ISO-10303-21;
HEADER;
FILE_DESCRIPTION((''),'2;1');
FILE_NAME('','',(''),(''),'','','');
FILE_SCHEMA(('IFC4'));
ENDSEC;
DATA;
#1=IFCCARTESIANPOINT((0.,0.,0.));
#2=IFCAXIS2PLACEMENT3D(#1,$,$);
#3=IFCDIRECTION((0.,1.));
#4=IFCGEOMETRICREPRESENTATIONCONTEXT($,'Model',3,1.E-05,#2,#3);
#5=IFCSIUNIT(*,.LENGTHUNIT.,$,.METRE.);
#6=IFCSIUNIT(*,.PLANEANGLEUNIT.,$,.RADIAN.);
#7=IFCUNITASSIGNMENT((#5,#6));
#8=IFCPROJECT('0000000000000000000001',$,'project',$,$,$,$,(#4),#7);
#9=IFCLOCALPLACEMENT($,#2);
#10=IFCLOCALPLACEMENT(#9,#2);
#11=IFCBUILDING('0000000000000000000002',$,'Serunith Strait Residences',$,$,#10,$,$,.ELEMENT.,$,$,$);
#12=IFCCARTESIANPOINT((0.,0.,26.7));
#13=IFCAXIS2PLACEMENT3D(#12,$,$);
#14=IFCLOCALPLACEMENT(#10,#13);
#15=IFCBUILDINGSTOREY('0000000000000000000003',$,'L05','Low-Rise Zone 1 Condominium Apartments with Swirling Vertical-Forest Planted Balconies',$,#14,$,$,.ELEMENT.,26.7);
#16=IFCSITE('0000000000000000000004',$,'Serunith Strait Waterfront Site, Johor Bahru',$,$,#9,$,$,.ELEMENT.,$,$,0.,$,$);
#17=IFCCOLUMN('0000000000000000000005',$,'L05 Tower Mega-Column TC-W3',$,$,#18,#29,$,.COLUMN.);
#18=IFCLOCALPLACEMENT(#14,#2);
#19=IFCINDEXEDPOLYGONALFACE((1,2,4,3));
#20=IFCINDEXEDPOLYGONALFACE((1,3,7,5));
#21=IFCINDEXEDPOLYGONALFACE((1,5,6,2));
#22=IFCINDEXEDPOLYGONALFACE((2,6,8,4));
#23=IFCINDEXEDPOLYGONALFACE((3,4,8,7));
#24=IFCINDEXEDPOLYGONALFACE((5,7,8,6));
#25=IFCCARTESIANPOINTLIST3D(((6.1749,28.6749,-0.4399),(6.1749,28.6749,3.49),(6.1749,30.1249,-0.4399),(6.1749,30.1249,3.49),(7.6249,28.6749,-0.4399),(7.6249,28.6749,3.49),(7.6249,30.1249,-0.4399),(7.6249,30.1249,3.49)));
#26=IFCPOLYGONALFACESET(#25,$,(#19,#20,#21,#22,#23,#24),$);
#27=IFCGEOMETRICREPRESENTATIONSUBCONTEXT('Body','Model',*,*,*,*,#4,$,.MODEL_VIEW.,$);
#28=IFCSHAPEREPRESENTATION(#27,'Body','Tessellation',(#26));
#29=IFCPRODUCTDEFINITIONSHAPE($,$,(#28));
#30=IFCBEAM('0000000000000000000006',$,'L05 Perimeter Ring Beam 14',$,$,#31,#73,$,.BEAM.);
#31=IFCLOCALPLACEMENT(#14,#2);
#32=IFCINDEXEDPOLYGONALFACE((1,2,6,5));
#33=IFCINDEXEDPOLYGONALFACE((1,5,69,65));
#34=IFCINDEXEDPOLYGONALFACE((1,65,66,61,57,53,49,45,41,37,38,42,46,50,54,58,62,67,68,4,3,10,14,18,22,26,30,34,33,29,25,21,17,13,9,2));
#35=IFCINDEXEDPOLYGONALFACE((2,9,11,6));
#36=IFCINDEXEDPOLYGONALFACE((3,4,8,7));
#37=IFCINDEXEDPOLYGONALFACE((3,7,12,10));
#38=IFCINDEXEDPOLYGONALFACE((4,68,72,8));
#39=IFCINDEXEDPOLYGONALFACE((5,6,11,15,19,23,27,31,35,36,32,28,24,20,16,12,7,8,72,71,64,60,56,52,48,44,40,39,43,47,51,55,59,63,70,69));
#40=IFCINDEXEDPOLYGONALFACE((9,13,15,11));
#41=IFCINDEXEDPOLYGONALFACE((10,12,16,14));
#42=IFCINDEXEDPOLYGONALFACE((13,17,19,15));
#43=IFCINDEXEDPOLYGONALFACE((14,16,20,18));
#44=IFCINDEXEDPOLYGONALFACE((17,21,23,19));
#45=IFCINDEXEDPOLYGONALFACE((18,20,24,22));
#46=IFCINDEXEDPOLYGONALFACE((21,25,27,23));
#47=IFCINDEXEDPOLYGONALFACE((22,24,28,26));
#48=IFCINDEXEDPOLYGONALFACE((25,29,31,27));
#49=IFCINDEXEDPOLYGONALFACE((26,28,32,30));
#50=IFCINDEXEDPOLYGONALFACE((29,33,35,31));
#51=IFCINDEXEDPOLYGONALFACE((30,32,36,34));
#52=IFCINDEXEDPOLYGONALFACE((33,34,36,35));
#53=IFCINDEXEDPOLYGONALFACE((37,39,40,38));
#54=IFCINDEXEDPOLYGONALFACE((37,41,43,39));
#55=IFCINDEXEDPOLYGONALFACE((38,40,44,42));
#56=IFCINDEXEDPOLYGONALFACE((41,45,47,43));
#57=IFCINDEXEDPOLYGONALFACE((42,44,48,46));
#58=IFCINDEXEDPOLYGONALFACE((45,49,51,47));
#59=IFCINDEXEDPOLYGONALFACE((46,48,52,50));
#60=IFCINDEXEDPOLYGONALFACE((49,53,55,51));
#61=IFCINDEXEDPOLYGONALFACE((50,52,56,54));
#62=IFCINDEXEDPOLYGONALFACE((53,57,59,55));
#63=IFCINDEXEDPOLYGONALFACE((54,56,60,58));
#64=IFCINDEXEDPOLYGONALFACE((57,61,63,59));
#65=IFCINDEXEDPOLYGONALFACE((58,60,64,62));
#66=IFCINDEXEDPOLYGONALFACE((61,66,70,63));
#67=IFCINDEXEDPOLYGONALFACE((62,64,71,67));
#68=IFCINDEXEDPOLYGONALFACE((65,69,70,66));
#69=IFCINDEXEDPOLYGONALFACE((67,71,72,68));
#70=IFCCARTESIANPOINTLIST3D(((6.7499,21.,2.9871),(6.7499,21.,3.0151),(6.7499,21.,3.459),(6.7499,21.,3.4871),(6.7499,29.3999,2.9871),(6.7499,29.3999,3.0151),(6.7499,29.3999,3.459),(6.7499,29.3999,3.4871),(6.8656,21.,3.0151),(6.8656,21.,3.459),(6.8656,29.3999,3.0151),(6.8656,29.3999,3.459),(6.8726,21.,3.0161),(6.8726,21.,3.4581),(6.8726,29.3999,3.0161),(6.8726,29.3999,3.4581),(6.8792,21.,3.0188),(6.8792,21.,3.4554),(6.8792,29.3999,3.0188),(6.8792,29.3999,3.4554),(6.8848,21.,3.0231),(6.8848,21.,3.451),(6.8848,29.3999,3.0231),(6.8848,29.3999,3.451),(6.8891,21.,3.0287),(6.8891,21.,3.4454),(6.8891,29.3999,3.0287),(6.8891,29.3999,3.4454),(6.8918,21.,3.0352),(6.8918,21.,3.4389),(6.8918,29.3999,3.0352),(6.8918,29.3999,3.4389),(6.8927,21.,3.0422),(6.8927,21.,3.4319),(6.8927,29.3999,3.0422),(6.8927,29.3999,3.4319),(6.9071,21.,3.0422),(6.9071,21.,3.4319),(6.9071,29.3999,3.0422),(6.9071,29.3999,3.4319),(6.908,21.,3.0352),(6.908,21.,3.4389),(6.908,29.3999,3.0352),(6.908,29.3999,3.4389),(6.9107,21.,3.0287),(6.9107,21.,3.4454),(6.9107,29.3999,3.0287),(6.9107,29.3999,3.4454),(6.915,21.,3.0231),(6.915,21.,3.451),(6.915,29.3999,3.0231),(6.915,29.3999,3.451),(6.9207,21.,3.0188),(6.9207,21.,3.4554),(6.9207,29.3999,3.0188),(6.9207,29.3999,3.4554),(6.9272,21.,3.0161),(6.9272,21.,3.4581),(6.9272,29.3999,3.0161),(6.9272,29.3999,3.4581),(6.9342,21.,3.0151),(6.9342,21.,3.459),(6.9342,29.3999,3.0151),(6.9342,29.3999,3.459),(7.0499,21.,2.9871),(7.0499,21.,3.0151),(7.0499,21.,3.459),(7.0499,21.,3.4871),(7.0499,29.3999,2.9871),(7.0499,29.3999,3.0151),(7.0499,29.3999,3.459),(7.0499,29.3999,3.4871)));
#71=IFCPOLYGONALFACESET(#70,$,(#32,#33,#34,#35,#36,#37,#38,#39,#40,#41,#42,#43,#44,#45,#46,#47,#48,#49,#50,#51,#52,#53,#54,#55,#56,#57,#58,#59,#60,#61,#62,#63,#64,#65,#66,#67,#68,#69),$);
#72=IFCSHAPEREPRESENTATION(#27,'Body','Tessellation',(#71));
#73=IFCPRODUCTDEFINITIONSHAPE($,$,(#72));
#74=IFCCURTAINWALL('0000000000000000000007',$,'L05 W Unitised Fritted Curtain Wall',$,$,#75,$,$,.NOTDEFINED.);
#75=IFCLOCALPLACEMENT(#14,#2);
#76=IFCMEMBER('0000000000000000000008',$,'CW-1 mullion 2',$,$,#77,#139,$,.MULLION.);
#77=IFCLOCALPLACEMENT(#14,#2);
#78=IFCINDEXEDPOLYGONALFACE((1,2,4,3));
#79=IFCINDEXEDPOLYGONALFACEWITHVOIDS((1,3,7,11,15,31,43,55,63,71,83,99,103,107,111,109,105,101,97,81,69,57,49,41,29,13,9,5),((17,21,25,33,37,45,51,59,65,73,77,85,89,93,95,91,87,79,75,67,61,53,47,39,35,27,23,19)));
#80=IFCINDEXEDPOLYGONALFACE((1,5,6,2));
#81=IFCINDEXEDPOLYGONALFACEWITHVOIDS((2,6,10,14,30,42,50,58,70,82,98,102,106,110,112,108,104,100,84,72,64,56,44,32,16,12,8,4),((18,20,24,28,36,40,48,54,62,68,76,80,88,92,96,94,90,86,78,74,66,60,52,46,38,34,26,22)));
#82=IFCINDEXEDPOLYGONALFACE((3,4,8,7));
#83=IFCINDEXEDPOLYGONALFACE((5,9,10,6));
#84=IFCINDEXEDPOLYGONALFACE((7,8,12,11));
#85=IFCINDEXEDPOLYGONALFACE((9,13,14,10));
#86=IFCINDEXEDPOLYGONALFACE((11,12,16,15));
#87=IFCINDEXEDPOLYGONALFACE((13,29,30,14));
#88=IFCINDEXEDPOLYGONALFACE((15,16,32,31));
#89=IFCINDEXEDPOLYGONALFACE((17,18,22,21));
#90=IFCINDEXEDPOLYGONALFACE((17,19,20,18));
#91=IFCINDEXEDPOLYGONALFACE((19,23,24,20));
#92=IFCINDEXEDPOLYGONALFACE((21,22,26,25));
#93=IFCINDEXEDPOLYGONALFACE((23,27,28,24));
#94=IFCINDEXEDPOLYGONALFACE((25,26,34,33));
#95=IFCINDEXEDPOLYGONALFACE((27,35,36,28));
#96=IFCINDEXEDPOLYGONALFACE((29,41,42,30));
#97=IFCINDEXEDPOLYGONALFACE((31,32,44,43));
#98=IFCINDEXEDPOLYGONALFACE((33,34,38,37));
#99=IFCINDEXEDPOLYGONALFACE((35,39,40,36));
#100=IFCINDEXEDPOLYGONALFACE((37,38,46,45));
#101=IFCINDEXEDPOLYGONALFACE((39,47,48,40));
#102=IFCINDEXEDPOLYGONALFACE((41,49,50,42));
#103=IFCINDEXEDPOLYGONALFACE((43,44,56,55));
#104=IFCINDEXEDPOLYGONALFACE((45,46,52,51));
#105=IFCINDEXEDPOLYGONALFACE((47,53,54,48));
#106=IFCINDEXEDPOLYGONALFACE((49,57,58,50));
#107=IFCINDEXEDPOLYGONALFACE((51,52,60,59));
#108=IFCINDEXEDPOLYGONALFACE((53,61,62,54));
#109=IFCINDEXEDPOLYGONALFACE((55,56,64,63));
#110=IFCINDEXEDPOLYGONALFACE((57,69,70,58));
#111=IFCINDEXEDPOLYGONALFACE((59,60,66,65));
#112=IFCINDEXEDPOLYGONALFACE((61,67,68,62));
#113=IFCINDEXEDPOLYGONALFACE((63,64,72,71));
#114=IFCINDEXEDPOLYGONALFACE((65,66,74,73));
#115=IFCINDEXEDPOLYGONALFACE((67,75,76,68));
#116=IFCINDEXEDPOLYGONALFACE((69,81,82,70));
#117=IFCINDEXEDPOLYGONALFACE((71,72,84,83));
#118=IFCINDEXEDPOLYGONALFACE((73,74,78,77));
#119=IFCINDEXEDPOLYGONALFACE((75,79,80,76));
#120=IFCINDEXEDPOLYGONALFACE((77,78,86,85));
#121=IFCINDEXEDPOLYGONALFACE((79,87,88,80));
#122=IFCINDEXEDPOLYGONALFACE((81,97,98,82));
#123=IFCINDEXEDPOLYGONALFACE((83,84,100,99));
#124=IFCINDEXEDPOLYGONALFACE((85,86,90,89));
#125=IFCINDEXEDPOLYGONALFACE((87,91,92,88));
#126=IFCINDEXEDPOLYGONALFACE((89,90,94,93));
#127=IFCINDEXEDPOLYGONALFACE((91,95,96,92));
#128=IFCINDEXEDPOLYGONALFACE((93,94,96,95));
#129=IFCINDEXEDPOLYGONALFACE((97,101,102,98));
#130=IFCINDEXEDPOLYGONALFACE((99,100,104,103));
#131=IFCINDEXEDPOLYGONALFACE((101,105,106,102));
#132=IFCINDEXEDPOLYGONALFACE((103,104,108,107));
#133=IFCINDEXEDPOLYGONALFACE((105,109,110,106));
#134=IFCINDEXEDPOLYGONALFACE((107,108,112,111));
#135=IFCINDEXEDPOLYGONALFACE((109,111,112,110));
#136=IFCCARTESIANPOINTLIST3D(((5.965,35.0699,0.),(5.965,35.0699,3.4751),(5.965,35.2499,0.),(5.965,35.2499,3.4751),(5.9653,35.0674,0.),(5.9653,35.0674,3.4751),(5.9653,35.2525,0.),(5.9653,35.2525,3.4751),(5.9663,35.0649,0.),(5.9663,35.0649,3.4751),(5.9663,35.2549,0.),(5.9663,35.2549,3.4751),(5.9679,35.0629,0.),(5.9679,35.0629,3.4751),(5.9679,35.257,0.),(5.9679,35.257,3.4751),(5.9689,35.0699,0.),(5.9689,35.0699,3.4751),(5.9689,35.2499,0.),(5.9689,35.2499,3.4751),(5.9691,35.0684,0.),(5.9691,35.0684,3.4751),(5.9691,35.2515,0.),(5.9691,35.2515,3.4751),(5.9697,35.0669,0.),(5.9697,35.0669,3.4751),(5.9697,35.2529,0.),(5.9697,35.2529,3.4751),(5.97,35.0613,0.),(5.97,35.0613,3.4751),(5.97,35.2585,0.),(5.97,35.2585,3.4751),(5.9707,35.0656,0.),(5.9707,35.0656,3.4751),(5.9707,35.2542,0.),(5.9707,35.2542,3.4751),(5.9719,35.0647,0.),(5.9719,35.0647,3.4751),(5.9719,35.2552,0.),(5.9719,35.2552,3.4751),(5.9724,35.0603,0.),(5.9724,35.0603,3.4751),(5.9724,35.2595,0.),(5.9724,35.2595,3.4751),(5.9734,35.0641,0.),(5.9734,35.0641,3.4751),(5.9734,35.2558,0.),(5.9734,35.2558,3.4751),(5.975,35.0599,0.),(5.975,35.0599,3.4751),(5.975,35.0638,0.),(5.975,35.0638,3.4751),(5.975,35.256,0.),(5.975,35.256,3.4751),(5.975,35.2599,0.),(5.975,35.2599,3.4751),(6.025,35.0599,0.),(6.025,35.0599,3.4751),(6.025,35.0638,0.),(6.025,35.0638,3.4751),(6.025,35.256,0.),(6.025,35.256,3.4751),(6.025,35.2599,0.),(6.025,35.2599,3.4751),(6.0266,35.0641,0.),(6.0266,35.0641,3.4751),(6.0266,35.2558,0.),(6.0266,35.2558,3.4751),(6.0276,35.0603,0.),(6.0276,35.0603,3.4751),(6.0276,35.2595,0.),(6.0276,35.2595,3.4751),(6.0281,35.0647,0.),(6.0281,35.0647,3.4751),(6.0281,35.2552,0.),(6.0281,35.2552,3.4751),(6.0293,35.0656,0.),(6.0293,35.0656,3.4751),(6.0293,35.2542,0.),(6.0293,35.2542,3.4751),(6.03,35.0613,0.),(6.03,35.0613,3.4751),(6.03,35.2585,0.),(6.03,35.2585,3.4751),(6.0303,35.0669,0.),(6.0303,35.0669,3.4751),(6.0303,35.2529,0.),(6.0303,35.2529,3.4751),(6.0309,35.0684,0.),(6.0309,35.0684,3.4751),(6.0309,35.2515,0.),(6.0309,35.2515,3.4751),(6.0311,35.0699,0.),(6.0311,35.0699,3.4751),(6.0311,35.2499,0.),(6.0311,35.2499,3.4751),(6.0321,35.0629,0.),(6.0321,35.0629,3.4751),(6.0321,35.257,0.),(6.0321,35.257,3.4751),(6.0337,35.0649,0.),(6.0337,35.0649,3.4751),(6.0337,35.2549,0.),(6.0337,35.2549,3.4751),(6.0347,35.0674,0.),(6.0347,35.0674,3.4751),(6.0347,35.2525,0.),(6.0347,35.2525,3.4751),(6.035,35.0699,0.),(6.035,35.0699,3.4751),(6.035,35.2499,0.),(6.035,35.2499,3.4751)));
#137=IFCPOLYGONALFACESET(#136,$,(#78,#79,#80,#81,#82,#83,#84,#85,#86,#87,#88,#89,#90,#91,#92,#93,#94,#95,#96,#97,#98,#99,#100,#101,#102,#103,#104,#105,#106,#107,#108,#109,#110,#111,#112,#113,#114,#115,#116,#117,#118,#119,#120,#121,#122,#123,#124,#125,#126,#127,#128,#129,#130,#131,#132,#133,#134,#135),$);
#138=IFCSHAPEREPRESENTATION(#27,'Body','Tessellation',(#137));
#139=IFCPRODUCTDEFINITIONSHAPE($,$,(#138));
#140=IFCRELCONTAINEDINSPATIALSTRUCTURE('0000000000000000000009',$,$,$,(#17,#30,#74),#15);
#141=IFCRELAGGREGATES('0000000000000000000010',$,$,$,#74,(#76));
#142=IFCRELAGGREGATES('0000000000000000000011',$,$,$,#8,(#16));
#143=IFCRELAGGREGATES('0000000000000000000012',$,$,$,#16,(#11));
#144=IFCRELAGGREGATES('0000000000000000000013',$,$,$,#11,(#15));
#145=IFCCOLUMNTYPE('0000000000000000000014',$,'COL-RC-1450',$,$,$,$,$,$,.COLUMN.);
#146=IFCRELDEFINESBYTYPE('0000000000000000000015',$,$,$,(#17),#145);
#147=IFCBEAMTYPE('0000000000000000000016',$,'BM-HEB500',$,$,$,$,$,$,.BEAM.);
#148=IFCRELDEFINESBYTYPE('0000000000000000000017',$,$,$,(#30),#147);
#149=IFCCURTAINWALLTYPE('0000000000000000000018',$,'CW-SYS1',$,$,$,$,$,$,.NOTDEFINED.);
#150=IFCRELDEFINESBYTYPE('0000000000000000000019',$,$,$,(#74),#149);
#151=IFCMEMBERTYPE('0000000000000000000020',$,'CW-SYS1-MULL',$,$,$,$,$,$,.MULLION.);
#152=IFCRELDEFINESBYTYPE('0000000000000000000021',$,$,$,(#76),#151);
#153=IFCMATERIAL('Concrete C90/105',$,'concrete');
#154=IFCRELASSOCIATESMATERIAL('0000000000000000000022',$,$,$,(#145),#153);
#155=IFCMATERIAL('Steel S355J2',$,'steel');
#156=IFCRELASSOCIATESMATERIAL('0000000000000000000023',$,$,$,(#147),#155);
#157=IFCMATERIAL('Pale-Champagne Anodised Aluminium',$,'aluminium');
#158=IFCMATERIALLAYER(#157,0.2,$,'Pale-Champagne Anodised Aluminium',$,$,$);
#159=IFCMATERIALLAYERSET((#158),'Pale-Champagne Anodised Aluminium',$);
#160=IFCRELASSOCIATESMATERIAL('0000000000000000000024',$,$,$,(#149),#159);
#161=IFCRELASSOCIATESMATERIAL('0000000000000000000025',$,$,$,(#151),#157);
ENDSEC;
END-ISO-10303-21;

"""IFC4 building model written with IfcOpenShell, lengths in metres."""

from ifc_helpers import new_model, si_unit, direction, frame, origin, origin_2d, place, context, subcontext, project, spatial, rectangle, hollow_rectangle, i_section, extrude, source, transform, mapped, material, layer, layer_set, material_profile, profile_set, type_object, element, aggregate, save


model = new_model("IFC4")

# Units and contexts
model_context = context("Model", 3, precision=1e-05, world=origin(), true_north=direction((0.0, 1.0)))
body_context = subcontext(model_context, "Body", "Model", "MODEL_VIEW")
ifc_project = project(units=[si_unit("LENGTHUNIT", "METRE"), si_unit("PLANEANGLEUNIT", "RADIAN")], contexts=[model_context])

# Site, building, storey
site_placement = place(None, origin())
site = spatial("IfcSite", under=ifc_project, at=site_placement, Name="Serunith Strait Waterfront Site, Johor Bahru", CompositionType="ELEMENT", RefElevation=0.0)
building_placement = place(site_placement, origin())
building = spatial("IfcBuilding", under=site, at=building_placement, Name="Serunith Strait Residences", CompositionType="ELEMENT")
storey_placement = place(building_placement, frame((0.0, 0.0, 26.7)))
storey = spatial("IfcBuildingStorey", under=building, at=storey_placement, Name="L05", Description="Low-Rise Zone 1 Condominium Apartments with Swirling Vertical-Forest Planted Balconies", CompositionType="ELEMENT", Elevation=26.7)

# Column
ifc_material_1 = material(Name="Concrete C90/105", Category="concrete")
ifc_material_profile_1 = material_profile(ifc_material_1, rectangle(XDim=1.45, YDim=1.45, at=origin_2d()), Name="RC 1450x1450")
ifc_profile_set_1 = profile_set([ifc_material_profile_1], Name="Concrete C90/105")
column_type = type_object("IfcColumnType", Name="COL-RC-1450", PredefinedType="COLUMN", material=ifc_profile_set_1)
shared_shape_1 = source(origin(), body_context, "Body", "SweptSolid", [
    extrude(rectangle(XDim=1.45, YDim=1.45, at=origin_2d()), origin(), (0.0, 0.0, 1.0), 3.9299),
])
column_placement = place(storey_placement, frame((6.8999, 29.3999, -0.4399), z_axis=(0.0, 0.0, 1.0), x_axis=(1.0, 0.0, 0.0)))
element("IfcColumn", 1, at=column_placement, inside=storey, type_object=column_type, Name="L05 Tower Mega-Column TC-W3", PredefinedType="COLUMN", context=body_context, shape_type="MappedRepresentation", body=[
    mapped(shared_shape_1, transform((0.0, 0.0, 0.0), scale=1.0)),
])

# Beam
ifc_material_2 = material(Name="Steel S355J2", Category="steel")
ifc_material_profile_2 = material_profile(ifc_material_2, i_section(OverallWidth=0.3, OverallDepth=0.5, WebThickness=0.0144, FlangeThickness=0.0281, FilletRadius=0.0271, at=origin_2d()), Name="HEB 500")
ifc_profile_set_2 = profile_set([ifc_material_profile_2], Name="Steel S355J2")
beam_type = type_object("IfcBeamType", Name="BM-HEB500", PredefinedType="BEAM", material=ifc_profile_set_2)
shared_shape_2 = source(origin(), body_context, "Body", "SweptSolid", [
    extrude(i_section(OverallWidth=0.3, OverallDepth=0.5, WebThickness=0.0144, FlangeThickness=0.0281, FilletRadius=0.0271, at=origin_2d()), origin(), (0.0, 0.0, 1.0), 8.3999),
])
beam_placement = place(storey_placement, frame((6.8999, 29.3999, 3.2371), z_axis=(0.0, -1.0, 0.0), x_axis=(1.0, 0.0, 0.0)))
element("IfcBeam", 2, at=beam_placement, inside=storey, type_object=beam_type, Name="L05 Perimeter Ring Beam 14", PredefinedType="BEAM", context=body_context, shape_type="MappedRepresentation", body=[
    mapped(shared_shape_2, transform((0.0, 0.0, 0.0), scale=1.0)),
])

# Curtain wall, member
ifc_material_3 = material(Name="Pale-Champagne Anodised Aluminium", Category="aluminium")
ifc_layer_1 = layer(ifc_material_3, 0.2, Name="Pale-Champagne Anodised Aluminium")
ifc_layer_set_1 = layer_set([ifc_layer_1], Name="Pale-Champagne Anodised Aluminium")
curtain_wall_type = type_object("IfcCurtainWallType", Name="CW-SYS1", PredefinedType="NOTDEFINED", material=ifc_layer_set_1)
curtain_wall_placement = place(storey_placement, origin())
curtain_wall = element("IfcCurtainWall", 3, at=curtain_wall_placement, inside=storey, type_object=curtain_wall_type, Name="L05 W Unitised Fritted Curtain Wall", PredefinedType="NOTDEFINED")
ifc_material_profile_3 = material_profile(ifc_material_3, hollow_rectangle(XDim=0.0701, YDim=0.2, WallThickness=0.0039, InnerFilletRadius=0.0061, OuterFilletRadius=0.01, at=origin_2d()), Name="ALU 200x70x4")
ifc_profile_set_3 = profile_set([ifc_material_profile_3], Name="Pale-Champagne Anodised Aluminium")
member_type_1 = type_object("IfcMemberType", Name="CW-SYS1-MULL", PredefinedType="MULLION", material=ifc_profile_set_3)
shared_shape_3 = source(origin(), body_context, "Body", "SweptSolid", [
    extrude(hollow_rectangle(XDim=0.0701, YDim=0.2, WallThickness=0.0039, InnerFilletRadius=0.0061, OuterFilletRadius=0.01, at=origin_2d()), origin(), (0.0, 0.0, 1.0), 3.4751),
])
member_1_placement = place(storey_placement, frame((6.0, 35.1599, 0.0), z_axis=(0.0, 0.0, 1.0), x_axis=(1.0, 0.0, 0.0)))
member_1 = element("IfcMember", 4, at=member_1_placement, type_object=member_type_1, Name="CW-1 mullion 2", PredefinedType="MULLION", context=body_context, shape_type="MappedRepresentation", body=[
    mapped(shared_shape_3, transform((0.0, 0.0, 0.0), scale=1.0)),
])
aggregate(curtain_wall, [member_1])

save(model, "model.ifc")
